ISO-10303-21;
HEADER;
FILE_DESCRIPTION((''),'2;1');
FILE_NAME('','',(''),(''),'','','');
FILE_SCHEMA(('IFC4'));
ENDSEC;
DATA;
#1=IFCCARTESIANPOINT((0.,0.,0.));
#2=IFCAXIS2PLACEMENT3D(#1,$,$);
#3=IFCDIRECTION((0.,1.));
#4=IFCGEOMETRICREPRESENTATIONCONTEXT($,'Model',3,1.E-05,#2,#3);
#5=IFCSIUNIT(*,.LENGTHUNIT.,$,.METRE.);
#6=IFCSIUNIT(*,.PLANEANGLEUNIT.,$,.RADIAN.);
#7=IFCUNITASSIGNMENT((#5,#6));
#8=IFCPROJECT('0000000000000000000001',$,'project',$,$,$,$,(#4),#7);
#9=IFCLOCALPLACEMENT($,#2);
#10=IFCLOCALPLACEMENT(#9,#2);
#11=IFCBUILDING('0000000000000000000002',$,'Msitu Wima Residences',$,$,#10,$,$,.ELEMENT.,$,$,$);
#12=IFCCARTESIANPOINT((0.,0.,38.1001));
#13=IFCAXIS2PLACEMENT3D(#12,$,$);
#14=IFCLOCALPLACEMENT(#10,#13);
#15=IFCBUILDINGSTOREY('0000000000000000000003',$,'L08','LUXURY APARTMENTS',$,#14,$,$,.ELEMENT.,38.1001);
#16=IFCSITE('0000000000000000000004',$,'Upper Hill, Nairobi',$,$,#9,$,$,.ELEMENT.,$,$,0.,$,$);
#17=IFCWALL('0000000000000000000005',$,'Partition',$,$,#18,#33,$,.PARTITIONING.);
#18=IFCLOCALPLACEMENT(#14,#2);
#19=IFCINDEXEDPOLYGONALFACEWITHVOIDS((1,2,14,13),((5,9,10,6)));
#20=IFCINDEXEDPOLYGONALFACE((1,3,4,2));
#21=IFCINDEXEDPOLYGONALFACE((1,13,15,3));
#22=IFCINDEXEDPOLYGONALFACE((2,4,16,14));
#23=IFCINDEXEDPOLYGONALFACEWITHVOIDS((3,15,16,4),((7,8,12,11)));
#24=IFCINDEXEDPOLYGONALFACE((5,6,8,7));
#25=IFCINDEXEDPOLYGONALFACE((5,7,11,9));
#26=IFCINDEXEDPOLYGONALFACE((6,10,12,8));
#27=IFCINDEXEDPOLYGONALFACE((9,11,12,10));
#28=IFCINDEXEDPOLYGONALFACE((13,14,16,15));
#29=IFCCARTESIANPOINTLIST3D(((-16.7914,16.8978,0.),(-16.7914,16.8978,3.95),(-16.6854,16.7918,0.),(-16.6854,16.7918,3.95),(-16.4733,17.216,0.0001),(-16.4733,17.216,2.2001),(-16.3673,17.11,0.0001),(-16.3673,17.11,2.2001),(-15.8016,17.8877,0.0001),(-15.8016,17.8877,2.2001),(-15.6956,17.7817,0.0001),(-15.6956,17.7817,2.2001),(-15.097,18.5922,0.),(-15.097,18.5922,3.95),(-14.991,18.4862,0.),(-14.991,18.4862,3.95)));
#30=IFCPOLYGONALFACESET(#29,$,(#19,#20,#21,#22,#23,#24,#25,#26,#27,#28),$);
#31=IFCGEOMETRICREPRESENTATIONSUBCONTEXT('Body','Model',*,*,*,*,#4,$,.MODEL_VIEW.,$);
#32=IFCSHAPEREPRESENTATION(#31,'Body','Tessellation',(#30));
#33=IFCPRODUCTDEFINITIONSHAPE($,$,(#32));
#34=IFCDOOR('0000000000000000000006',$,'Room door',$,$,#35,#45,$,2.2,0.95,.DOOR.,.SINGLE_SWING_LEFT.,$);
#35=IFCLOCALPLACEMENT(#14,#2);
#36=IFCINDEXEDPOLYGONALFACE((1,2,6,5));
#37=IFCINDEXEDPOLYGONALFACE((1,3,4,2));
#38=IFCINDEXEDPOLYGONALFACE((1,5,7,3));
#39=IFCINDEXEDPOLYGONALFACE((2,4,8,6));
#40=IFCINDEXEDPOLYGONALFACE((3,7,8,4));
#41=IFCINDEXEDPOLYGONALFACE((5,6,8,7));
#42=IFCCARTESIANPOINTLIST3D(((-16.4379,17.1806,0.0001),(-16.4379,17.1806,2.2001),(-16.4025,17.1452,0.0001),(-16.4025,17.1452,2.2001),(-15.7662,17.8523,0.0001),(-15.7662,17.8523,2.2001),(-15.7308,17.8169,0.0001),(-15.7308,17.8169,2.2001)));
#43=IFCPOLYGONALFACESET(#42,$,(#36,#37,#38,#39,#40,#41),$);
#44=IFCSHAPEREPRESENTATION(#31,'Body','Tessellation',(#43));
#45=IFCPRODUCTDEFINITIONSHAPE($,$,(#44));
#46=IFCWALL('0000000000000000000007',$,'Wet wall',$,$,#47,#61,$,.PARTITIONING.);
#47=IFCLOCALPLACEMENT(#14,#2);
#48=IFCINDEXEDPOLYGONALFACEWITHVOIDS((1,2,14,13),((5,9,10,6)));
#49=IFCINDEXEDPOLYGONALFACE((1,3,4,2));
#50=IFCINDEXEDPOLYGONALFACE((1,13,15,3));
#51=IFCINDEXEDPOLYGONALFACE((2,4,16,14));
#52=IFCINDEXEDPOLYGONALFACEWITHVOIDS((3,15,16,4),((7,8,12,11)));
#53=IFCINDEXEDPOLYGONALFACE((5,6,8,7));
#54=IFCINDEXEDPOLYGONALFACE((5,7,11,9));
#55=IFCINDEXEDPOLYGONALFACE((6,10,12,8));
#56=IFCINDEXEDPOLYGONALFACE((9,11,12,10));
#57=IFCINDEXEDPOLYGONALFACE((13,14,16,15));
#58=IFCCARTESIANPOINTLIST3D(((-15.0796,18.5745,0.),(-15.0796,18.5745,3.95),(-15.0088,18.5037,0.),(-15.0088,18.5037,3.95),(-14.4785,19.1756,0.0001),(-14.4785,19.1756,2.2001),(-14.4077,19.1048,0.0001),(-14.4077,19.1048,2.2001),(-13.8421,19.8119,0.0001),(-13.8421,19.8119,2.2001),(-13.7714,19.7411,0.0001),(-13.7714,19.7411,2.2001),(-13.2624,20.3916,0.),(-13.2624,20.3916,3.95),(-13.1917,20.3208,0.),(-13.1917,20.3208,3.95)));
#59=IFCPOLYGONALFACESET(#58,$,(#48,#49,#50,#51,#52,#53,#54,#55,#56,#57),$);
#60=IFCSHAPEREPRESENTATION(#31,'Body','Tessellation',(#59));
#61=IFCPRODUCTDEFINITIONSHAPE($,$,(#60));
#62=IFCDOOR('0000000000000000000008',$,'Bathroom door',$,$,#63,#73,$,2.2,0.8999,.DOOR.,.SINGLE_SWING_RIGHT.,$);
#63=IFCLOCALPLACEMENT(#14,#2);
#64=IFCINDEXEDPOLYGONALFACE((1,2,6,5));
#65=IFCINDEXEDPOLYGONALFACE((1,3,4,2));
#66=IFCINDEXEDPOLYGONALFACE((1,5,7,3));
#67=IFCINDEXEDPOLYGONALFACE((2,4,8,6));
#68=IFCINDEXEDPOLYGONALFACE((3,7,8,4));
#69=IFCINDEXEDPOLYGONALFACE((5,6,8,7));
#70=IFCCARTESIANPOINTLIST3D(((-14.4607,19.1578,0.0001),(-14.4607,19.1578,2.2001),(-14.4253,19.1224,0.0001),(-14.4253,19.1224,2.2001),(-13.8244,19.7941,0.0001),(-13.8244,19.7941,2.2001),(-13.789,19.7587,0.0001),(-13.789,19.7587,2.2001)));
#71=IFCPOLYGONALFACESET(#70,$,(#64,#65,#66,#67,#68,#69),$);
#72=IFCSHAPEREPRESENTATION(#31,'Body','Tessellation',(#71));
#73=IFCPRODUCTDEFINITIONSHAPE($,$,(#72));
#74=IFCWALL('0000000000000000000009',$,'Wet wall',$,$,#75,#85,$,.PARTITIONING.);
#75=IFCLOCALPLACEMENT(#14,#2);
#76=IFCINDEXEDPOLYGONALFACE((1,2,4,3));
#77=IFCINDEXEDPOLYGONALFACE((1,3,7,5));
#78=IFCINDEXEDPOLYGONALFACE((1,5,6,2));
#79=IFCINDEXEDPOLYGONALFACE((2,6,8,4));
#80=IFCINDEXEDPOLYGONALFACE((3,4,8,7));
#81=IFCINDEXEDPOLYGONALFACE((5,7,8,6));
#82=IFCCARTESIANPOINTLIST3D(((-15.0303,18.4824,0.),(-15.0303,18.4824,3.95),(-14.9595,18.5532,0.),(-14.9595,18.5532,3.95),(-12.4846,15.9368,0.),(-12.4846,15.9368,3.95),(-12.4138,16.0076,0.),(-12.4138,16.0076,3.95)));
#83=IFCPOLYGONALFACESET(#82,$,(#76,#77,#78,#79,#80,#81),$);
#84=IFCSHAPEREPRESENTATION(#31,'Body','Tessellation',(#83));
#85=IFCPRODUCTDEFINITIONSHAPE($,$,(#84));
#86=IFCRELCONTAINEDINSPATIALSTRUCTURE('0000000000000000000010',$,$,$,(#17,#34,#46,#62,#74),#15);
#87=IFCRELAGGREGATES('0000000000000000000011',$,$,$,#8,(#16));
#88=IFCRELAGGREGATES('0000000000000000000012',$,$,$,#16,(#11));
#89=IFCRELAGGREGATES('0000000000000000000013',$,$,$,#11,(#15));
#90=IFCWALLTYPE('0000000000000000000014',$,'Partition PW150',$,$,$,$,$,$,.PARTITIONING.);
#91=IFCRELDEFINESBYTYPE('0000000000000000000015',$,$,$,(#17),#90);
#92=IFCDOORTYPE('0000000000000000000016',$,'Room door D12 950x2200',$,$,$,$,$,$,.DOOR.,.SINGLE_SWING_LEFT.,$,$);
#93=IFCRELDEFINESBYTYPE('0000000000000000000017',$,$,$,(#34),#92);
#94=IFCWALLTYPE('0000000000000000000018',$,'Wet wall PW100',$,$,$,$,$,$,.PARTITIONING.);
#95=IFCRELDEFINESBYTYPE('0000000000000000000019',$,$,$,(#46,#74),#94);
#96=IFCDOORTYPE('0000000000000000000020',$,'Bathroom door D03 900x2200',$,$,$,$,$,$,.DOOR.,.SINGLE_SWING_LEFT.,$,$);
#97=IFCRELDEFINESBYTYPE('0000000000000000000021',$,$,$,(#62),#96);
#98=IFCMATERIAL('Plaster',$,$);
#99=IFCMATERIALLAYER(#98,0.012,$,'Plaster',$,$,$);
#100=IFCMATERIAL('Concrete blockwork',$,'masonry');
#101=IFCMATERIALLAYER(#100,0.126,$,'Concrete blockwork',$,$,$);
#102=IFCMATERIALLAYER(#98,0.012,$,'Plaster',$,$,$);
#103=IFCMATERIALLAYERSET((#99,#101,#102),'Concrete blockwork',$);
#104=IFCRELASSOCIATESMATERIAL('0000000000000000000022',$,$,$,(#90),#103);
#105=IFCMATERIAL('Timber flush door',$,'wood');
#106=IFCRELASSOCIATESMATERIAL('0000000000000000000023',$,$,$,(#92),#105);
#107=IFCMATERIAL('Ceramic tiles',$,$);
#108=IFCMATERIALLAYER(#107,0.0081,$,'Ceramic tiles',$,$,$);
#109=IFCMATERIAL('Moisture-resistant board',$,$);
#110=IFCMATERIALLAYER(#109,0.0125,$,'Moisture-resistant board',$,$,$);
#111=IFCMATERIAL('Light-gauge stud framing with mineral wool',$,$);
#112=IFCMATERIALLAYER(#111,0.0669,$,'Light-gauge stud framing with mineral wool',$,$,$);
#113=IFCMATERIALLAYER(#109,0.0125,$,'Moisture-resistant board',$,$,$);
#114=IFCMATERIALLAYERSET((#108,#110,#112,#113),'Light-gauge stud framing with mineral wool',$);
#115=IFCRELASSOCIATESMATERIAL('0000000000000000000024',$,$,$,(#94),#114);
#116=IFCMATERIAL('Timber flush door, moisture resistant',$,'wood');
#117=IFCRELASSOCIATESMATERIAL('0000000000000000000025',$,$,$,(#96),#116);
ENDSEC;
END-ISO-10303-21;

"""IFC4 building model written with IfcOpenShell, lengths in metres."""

from ifc_helpers import new_model, si_unit, direction, frame, frame_2d, origin, place, context, subcontext, project, spatial, rectangle, extrude, material, layer, layer_set, type_object, element, fill, save


model = new_model("IFC4")

# Units and contexts
model_context = context("Model", 3, precision=1e-05, world=origin(), true_north=direction((0.0, 1.0)))
body_context = subcontext(model_context, "Body", "Model", "MODEL_VIEW")
ifc_project = project(units=[si_unit("LENGTHUNIT", "METRE"), si_unit("PLANEANGLEUNIT", "RADIAN")], contexts=[model_context])

# Site, building, storey
site_placement = place(None, origin())
site = spatial("IfcSite", under=ifc_project, at=site_placement, Name="Upper Hill, Nairobi", CompositionType="ELEMENT", RefElevation=0.0)
building_placement = place(site_placement, origin())
building = spatial("IfcBuilding", under=site, at=building_placement, Name="Msitu Wima Residences", CompositionType="ELEMENT")
storey_placement = place(building_placement, frame((0.0, 0.0, 38.1001)))
storey = spatial("IfcBuildingStorey", under=building, at=storey_placement, Name="L08", Description="LUXURY APARTMENTS", CompositionType="ELEMENT", Elevation=38.1001)

# Shared definitions
ifc_material_1 = material(Name="Plaster")
ifc_layer_1 = layer(ifc_material_1, 0.012, Name="Plaster")
ifc_material_2 = material(Name="Concrete blockwork", Category="masonry")
ifc_layer_2 = layer(ifc_material_2, 0.126, Name="Concrete blockwork")
ifc_layer_3 = layer(ifc_material_1, 0.012, Name="Plaster")
ifc_layer_set_1 = layer_set([ifc_layer_1, ifc_layer_2, ifc_layer_3], Name="Concrete blockwork")
wall_type_1 = type_object("IfcWallType", Name="Partition PW150", PredefinedType="PARTITIONING", material=ifc_layer_set_1)

# Walls, openings, doors
wall_1_placement = place(storey_placement, frame((-16.7385, 16.8447, 0.0), z_axis=(0.0, 0.0, 1.0), x_axis=(0.707107, 0.707107, 0.0)))
wall_1 = element("IfcWall", 1, at=wall_1_placement, inside=storey, type_object=wall_type_1, Name="Partition", PredefinedType="PARTITIONING", context=body_context, shape_type="SweptSolid", body=[
    extrude(rectangle(XDim=2.3962, YDim=0.1499, at=frame_2d((1.1982, 0.0))), origin(), (0.0, 0.0, 1.0), 3.95),
])
opening_1_placement = place(wall_1_placement, frame((0.45, 0.0, 0.0)))
opening_1 = element("IfcOpeningElement", 2, at=opening_1_placement, cuts=wall_1, PredefinedType="OPENING", context=body_context, shape_type="SweptSolid", body=[
    extrude(rectangle(XDim=0.95, YDim=2.2, at=frame_2d((0.4751, 1.1001))), frame((0.0, 0.085, 0.0), z_axis=(0.0, -1.0, 0.0), x_axis=(1.0, 0.0, 0.0)), (0.0, 0.0, 1.0), 0.1699),
])
ifc_material_3 = material(Name="Timber flush door", Category="wood")
door_type_1 = type_object("IfcDoorType", Name="Room door D12 950x2200", OperationType="SINGLE_SWING_LEFT", PredefinedType="DOOR", material=ifc_material_3)
door_1_placement = place(opening_1_placement, origin())
door_1 = element("IfcDoor", 3, at=door_1_placement, inside=storey, type_object=door_type_1, Name="Room door", OperationType="SINGLE_SWING_LEFT", OverallHeight=2.2, OverallWidth=0.95, PredefinedType="DOOR", context=body_context, shape_type="SweptSolid", body=[
    extrude(rectangle(XDim=0.95, YDim=2.2, at=frame_2d((0.4751, 1.1001))), frame((0.0, 0.0249, 0.0), z_axis=(0.0, -1.0, 0.0), x_axis=(1.0, 0.0, 0.0)), (0.0, 0.0, 1.0), 0.05),
])
fill(opening_1, door_1)
ifc_material_4 = material(Name="Ceramic tiles")
ifc_layer_4 = layer(ifc_material_4, 0.0081, Name="Ceramic tiles")
ifc_material_5 = material(Name="Moisture-resistant board")
ifc_layer_5 = layer(ifc_material_5, 0.0125, Name="Moisture-resistant board")
ifc_material_6 = material(Name="Light-gauge stud framing with mineral wool")
ifc_layer_6 = layer(ifc_material_6, 0.0669, Name="Light-gauge stud framing with mineral wool")
ifc_layer_7 = layer(ifc_material_5, 0.0125, Name="Moisture-resistant board")
ifc_layer_set_2 = layer_set([ifc_layer_4, ifc_layer_5, ifc_layer_6, ifc_layer_7], Name="Light-gauge stud framing with mineral wool")
wall_type_2 = type_object("IfcWallType", Name="Wet wall PW100", PredefinedType="PARTITIONING", material=ifc_layer_set_2)
wall_2_placement = place(storey_placement, frame((-15.0442, 18.5391, 0.0), z_axis=(0.0, 0.0, 1.0), x_axis=(0.707107, 0.707107, 0.0)))
wall_2 = element("IfcWall", 4, at=wall_2_placement, inside=storey, type_object=wall_type_2, Name="Wet wall", PredefinedType="PARTITIONING", context=body_context, shape_type="SweptSolid", body=[
    extrude(rectangle(XDim=2.5698, YDim=0.1001, at=frame_2d((1.2849, 0.0))), origin(), (0.0, 0.0, 1.0), 3.95),
])
opening_2_placement = place(wall_2_placement, frame((0.8501, 0.0, 0.0)))
opening_2 = element("IfcOpeningElement", 5, at=opening_2_placement, cuts=wall_2, PredefinedType="OPENING", context=body_context, shape_type="SweptSolid", body=[
    extrude(rectangle(XDim=0.8999, YDim=2.2, at=frame_2d((0.45, 1.1001))), frame((0.0, 0.0601, 0.0), z_axis=(0.0, -1.0, 0.0), x_axis=(1.0, 0.0, 0.0)), (0.0, 0.0, 1.0), 0.1201),
])
ifc_material_7 = material(Name="Timber flush door, moisture resistant", Category="wood")
door_type_2 = type_object("IfcDoorType", Name="Bathroom door D03 900x2200", OperationType="SINGLE_SWING_LEFT", PredefinedType="DOOR", material=ifc_material_7)
door_2_placement = place(opening_2_placement, origin())
door_2 = element("IfcDoor", 6, at=door_2_placement, inside=storey, type_object=door_type_2, Name="Bathroom door", OperationType="SINGLE_SWING_RIGHT", OverallHeight=2.2, OverallWidth=0.8999, PredefinedType="DOOR", context=body_context, shape_type="SweptSolid", body=[
    extrude(rectangle(XDim=0.8999, YDim=2.2, at=frame_2d((0.45, 1.1001))), frame((0.0, 0.0249, 0.0), z_axis=(0.0, -1.0, 0.0), x_axis=(1.0, 0.0, 0.0)), (0.0, 0.0, 1.0), 0.05),
])
fill(opening_2, door_2)

# Wall
wall_3_placement = place(storey_placement, frame((-14.9949, 18.5178, 0.0), z_axis=(0.0, 0.0, 1.0), x_axis=(0.707107, -0.707107, 0.0)))
element("IfcWall", 7, at=wall_3_placement, inside=storey, type_object=wall_type_2, Name="Wet wall", PredefinedType="PARTITIONING", context=body_context, shape_type="SweptSolid", body=[
    extrude(rectangle(XDim=3.6001, YDim=0.1001, at=frame_2d((1.8, 0.0))), origin(), (0.0, 0.0, 1.0), 3.95),
])

save(model, "model.ifc")
